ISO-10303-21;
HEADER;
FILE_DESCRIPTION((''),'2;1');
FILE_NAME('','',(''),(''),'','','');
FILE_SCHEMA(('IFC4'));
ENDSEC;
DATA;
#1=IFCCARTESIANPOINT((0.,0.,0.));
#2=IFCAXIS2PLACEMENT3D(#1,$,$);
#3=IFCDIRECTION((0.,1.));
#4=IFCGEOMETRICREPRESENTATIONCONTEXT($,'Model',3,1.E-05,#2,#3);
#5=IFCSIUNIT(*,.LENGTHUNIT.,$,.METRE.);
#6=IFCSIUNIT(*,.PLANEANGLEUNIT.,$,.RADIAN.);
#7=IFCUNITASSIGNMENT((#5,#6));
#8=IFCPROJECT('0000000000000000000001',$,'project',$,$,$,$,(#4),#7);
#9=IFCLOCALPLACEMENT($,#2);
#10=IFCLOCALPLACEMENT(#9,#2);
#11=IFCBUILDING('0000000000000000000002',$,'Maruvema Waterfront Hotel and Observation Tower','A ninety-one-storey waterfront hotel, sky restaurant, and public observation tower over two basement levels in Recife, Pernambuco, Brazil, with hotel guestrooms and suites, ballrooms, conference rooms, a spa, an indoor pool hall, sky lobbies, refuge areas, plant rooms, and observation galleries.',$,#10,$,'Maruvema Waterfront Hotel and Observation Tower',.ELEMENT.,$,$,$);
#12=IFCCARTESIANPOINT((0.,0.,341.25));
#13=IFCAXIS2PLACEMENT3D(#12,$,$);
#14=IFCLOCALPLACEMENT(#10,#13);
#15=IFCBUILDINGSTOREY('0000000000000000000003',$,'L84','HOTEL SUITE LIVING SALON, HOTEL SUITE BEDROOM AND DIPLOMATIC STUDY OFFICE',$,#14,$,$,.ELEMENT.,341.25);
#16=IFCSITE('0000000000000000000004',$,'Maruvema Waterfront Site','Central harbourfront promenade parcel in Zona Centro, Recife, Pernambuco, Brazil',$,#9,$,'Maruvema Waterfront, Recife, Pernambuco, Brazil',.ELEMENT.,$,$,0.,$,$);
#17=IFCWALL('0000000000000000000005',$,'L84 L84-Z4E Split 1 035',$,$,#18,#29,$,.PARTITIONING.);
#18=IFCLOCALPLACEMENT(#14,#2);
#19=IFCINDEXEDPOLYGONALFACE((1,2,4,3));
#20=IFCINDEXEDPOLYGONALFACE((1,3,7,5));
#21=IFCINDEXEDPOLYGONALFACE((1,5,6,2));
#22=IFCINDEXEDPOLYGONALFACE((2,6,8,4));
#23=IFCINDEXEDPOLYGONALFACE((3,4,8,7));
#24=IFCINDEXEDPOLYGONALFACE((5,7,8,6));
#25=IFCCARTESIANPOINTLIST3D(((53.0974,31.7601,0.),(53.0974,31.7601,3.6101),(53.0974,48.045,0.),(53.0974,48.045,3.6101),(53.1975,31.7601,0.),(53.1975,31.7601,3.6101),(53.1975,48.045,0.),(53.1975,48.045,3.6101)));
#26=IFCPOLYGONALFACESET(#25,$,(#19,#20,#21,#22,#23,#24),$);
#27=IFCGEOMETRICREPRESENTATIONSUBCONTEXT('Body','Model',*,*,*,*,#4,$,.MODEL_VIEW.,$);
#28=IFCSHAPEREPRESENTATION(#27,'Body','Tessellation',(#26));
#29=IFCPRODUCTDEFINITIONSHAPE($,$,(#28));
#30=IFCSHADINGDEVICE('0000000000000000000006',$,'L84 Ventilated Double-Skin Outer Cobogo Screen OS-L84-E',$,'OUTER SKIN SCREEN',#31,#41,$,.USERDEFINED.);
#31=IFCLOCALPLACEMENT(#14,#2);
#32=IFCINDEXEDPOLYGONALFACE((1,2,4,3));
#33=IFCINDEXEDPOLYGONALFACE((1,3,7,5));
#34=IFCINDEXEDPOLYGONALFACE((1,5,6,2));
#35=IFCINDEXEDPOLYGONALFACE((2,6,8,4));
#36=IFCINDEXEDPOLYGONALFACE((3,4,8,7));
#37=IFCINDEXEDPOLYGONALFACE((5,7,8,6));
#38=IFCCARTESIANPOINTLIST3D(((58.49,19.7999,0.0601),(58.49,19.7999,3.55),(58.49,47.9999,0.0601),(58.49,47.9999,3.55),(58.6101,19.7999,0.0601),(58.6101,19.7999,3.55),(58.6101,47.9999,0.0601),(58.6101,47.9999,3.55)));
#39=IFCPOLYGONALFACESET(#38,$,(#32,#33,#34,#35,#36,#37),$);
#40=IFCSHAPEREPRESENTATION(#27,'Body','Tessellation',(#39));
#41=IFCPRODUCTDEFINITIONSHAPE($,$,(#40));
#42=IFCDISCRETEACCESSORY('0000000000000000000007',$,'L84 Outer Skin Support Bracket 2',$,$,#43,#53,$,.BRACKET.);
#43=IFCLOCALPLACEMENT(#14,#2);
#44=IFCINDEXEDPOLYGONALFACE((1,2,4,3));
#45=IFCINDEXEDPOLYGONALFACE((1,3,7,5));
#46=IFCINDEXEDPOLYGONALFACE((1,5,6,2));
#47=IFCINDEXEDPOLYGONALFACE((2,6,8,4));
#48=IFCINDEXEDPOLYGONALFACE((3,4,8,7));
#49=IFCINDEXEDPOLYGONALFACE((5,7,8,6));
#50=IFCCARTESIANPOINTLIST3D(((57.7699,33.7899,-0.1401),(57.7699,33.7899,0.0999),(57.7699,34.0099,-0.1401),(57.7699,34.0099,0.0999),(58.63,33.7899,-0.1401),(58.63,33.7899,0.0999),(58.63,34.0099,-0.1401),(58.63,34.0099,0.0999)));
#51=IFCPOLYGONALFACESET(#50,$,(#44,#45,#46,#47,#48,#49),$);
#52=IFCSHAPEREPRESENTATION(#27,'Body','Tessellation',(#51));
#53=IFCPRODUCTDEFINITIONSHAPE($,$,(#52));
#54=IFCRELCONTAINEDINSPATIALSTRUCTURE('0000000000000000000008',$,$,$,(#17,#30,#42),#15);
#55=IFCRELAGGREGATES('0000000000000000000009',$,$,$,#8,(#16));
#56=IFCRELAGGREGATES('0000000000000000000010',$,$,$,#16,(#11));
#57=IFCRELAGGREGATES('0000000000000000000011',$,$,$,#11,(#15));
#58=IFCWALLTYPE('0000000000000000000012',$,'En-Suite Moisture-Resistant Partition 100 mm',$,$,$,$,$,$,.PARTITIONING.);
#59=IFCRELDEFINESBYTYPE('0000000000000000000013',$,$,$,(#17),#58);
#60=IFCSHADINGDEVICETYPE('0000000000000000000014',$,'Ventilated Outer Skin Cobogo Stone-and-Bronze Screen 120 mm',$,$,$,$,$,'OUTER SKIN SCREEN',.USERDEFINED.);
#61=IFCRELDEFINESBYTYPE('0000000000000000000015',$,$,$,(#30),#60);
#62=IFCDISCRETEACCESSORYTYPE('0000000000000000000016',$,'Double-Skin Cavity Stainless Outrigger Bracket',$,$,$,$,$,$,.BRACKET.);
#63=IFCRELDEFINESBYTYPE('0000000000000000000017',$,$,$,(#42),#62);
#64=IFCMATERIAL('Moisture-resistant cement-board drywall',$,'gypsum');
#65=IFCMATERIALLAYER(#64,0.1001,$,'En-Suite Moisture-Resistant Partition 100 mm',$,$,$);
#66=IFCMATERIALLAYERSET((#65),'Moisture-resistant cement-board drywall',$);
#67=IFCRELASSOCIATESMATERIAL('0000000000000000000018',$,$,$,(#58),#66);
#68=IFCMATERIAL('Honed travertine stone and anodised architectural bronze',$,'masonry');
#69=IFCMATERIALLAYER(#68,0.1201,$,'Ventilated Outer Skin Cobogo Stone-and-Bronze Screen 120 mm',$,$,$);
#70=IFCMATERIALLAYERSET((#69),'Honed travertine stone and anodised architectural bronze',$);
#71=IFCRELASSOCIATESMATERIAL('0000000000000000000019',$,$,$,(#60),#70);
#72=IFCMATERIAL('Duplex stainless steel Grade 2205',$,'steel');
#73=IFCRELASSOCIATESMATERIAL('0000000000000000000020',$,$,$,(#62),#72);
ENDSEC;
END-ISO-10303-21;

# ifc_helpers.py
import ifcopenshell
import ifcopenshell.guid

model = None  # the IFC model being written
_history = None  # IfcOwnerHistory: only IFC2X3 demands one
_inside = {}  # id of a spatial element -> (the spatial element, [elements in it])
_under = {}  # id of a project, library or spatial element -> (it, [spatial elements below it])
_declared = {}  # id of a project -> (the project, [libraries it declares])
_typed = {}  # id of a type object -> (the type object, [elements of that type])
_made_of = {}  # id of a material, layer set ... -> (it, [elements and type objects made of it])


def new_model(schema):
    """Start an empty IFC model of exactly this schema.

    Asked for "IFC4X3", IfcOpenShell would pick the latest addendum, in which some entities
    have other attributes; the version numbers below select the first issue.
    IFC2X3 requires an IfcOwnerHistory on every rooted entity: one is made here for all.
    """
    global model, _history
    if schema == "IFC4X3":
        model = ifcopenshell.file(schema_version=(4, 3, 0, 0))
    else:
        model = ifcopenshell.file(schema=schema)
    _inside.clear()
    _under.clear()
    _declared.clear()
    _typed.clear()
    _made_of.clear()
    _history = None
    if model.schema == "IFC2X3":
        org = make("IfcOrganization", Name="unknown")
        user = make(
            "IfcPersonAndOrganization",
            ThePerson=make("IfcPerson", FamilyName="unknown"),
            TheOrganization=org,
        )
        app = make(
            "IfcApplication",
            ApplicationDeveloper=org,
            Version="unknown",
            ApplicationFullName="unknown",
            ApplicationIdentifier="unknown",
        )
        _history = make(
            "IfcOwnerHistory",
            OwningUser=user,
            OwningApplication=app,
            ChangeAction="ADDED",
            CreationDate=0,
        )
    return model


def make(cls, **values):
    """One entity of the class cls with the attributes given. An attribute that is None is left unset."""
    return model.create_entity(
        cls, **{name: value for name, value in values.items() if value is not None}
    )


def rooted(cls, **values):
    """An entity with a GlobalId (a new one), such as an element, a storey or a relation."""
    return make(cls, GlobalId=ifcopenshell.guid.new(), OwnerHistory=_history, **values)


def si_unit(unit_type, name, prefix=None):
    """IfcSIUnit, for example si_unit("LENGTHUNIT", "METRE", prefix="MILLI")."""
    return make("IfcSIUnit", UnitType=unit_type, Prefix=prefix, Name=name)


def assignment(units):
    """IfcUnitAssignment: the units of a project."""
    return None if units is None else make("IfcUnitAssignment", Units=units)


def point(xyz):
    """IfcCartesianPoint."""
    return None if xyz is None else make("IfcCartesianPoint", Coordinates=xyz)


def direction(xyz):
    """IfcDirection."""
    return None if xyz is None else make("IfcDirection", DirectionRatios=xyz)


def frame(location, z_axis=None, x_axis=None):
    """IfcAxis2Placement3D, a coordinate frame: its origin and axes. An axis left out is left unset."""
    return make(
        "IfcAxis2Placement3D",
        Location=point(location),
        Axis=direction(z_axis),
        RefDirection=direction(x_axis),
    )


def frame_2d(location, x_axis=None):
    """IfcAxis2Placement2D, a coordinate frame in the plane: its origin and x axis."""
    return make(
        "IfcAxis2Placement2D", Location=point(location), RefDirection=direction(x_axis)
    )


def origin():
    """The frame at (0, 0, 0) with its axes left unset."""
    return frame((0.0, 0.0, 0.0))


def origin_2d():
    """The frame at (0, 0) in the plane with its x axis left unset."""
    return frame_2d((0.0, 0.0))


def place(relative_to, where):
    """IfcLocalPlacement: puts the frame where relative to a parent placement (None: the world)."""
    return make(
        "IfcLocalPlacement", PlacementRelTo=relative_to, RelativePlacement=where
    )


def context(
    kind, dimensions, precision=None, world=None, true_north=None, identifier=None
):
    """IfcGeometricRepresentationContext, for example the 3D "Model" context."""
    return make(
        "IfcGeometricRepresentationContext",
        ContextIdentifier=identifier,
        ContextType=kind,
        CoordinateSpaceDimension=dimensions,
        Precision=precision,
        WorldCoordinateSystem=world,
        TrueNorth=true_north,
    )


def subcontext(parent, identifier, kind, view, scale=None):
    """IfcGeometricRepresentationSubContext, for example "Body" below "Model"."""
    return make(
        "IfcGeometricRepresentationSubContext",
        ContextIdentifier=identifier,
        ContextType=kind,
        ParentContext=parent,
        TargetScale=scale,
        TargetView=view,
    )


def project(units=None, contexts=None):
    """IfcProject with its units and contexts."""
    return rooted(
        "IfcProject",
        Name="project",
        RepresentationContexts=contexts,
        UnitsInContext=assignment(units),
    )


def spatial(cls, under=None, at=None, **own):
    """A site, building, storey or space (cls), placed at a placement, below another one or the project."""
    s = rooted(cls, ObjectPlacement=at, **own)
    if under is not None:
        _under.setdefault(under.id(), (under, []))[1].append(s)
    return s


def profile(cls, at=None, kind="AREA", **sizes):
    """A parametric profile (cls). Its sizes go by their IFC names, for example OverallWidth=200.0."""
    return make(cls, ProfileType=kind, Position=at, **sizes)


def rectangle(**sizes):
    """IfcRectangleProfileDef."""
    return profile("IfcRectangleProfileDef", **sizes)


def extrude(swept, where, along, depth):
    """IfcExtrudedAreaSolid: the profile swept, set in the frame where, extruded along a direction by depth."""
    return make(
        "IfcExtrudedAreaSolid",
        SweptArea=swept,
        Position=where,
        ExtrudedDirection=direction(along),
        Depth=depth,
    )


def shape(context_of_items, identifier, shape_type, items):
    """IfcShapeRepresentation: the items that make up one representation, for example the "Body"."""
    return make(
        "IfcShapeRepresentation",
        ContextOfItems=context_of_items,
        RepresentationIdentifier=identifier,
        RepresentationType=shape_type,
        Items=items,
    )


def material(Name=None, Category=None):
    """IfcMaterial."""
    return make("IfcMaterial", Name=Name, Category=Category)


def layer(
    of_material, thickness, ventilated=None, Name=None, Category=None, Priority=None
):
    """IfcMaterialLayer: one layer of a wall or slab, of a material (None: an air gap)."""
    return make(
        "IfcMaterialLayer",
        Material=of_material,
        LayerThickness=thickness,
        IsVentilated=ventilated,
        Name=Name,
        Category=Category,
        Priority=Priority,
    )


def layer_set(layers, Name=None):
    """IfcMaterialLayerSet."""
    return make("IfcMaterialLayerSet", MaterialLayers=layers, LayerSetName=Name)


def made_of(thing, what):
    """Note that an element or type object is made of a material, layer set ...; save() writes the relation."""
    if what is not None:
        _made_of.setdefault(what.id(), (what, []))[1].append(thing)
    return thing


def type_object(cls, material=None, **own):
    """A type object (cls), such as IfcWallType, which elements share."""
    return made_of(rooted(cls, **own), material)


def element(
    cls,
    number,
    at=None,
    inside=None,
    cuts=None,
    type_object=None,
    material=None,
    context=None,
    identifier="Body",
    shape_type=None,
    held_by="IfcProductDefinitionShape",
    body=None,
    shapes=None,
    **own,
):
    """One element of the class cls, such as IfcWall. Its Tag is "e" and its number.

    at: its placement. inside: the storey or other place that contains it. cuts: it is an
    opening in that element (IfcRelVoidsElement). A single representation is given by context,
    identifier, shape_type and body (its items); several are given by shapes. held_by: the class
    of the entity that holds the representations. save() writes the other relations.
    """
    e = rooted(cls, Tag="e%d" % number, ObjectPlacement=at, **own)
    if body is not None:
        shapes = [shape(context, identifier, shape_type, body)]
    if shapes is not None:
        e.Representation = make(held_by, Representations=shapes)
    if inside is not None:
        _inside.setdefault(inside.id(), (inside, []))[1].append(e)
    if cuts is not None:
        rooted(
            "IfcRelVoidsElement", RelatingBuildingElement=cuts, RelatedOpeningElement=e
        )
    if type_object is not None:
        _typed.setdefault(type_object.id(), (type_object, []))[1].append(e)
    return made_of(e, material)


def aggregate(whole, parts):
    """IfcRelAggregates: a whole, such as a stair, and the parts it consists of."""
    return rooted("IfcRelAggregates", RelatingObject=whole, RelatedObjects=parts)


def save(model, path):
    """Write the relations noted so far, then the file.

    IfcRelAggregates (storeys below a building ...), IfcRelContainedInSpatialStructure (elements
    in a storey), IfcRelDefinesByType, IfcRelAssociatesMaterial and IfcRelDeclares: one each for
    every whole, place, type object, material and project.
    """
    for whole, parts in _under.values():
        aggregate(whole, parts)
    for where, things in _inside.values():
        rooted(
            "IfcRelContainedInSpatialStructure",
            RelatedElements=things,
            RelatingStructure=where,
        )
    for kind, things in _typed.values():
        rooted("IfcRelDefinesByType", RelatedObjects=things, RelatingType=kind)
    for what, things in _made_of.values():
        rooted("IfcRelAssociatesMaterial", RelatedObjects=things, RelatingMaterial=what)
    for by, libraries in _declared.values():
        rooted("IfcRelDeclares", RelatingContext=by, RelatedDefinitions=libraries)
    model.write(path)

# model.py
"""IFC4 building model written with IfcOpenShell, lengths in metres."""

from ifc_helpers import new_model, si_unit, direction, frame, frame_2d, origin, origin_2d, place, context, subcontext, project, spatial, rectangle, extrude, material, layer, layer_set, type_object, element, save


model = new_model("IFC4")

# Units and contexts
model_context = context("Model", 3, precision=1e-05, world=origin(), true_north=direction((0.0, 1.0)))
body_context = subcontext(model_context, "Body", "Model", "MODEL_VIEW")
ifc_project = project(units=[si_unit("LENGTHUNIT", "METRE"), si_unit("PLANEANGLEUNIT", "RADIAN")], contexts=[model_context])

# Site, building, storey
site_placement = place(None, origin())
site = spatial("IfcSite", under=ifc_project, at=site_placement, Name="Maruvema Waterfront Site", Description="Central harbourfront promenade parcel in Zona Centro, Recife, Pernambuco, Brazil", LongName="Maruvema Waterfront, Recife, Pernambuco, Brazil", CompositionType="ELEMENT", RefElevation=0.0)
building_placement = place(site_placement, origin())
building = spatial("IfcBuilding", under=site, at=building_placement, Name="Maruvema Waterfront Hotel and Observation Tower", Description="A ninety-one-storey waterfront hotel, sky restaurant, and public observation tower over two basement levels in Recife, Pernambuco, Brazil, with hotel guestrooms and suites, ballrooms, conference rooms, a spa, an indoor pool hall, sky lobbies, refuge areas, plant rooms, and observation galleries.", LongName="Maruvema Waterfront Hotel and Observation Tower", CompositionType="ELEMENT")
storey_placement = place(building_placement, frame((0.0, 0.0, 341.25)))
storey = spatial("IfcBuildingStorey", under=building, at=storey_placement, Name="L84", Description="HOTEL SUITE LIVING SALON, HOTEL SUITE BEDROOM AND DIPLOMATIC STUDY OFFICE", CompositionType="ELEMENT", Elevation=341.25)

# Wall
ifc_material_1 = material(Name="Moisture-resistant cement-board drywall", Category="gypsum")
ifc_layer_1 = layer(ifc_material_1, 0.1001, Name="En-Suite Moisture-Resistant Partition 100 mm")
ifc_layer_set_1 = layer_set([ifc_layer_1], Name="Moisture-resistant cement-board drywall")
wall_type_1 = type_object("IfcWallType", Name="En-Suite Moisture-Resistant Partition 100 mm", PredefinedType="PARTITIONING", material=ifc_layer_set_1)
wall_1_placement = place(storey_placement, frame((53.1475, 31.76, 0.0), z_axis=(0.0, 0.0, 1.0), x_axis=(0.0, 1.0, 0.0)))
element("IfcWall", 1, at=wall_1_placement, inside=storey, type_object=wall_type_1, Name="L84 L84-Z4E Split 1 035", PredefinedType="PARTITIONING", context=body_context, shape_type="SweptSolid", body=[
    extrude(rectangle(XDim=16.2849, YDim=0.1001, at=frame_2d((8.1426, 0.0))), origin(), (0.0, 0.0, 1.0), 3.6101),
])

# Shading device
ifc_material_2 = material(Name="Honed travertine stone and anodised architectural bronze", Category="masonry")
ifc_layer_2 = layer(ifc_material_2, 0.1201, Name="Ventilated Outer Skin Cobogo Stone-and-Bronze Screen 120 mm")
ifc_layer_set_2 = layer_set([ifc_layer_2], Name="Honed travertine stone and anodised architectural bronze")
shading_device_type = type_object("IfcShadingDeviceType", Name="Ventilated Outer Skin Cobogo Stone-and-Bronze Screen 120 mm", ElementType="OUTER SKIN SCREEN", PredefinedType="USERDEFINED", material=ifc_layer_set_2)
shading_device_placement = place(storey_placement, frame((58.55, 33.8999, 0.0601), z_axis=(0.0, 0.0, 1.0), x_axis=(0.0, 1.0, 0.0)))
element("IfcShadingDevice", 2, at=shading_device_placement, inside=storey, type_object=shading_device_type, Name="L84 Ventilated Double-Skin Outer Cobogo Screen OS-L84-E", ObjectType="OUTER SKIN SCREEN", PredefinedType="USERDEFINED", context=body_context, shape_type="SweptSolid", body=[
    extrude(rectangle(XDim=28.2, YDim=0.1201, at=origin_2d()), origin(), (0.0, 0.0, 1.0), 3.49),
])

# Discrete accessory
ifc_material_3 = material(Name="Duplex stainless steel Grade 2205", Category="steel")
discrete_accessory_type = type_object("IfcDiscreteAccessoryType", Name="Double-Skin Cavity Stainless Outrigger Bracket", PredefinedType="BRACKET", material=ifc_material_3)
discrete_accessory_placement = place(storey_placement, frame((58.2, 33.8999, -0.1401), z_axis=(0.0, 0.0, 1.0), x_axis=(0.0, 1.0, 0.0)))
element("IfcDiscreteAccessory", 3, at=discrete_accessory_placement, inside=storey, type_object=discrete_accessory_type, Name="L84 Outer Skin Support Bracket 2", PredefinedType="BRACKET", context=body_context, shape_type="SweptSolid", body=[
    extrude(rectangle(XDim=0.22, YDim=0.8601, at=origin_2d()), origin(), (0.0, 0.0, 1.0), 0.24),
])

save(model, "model.ifc")
